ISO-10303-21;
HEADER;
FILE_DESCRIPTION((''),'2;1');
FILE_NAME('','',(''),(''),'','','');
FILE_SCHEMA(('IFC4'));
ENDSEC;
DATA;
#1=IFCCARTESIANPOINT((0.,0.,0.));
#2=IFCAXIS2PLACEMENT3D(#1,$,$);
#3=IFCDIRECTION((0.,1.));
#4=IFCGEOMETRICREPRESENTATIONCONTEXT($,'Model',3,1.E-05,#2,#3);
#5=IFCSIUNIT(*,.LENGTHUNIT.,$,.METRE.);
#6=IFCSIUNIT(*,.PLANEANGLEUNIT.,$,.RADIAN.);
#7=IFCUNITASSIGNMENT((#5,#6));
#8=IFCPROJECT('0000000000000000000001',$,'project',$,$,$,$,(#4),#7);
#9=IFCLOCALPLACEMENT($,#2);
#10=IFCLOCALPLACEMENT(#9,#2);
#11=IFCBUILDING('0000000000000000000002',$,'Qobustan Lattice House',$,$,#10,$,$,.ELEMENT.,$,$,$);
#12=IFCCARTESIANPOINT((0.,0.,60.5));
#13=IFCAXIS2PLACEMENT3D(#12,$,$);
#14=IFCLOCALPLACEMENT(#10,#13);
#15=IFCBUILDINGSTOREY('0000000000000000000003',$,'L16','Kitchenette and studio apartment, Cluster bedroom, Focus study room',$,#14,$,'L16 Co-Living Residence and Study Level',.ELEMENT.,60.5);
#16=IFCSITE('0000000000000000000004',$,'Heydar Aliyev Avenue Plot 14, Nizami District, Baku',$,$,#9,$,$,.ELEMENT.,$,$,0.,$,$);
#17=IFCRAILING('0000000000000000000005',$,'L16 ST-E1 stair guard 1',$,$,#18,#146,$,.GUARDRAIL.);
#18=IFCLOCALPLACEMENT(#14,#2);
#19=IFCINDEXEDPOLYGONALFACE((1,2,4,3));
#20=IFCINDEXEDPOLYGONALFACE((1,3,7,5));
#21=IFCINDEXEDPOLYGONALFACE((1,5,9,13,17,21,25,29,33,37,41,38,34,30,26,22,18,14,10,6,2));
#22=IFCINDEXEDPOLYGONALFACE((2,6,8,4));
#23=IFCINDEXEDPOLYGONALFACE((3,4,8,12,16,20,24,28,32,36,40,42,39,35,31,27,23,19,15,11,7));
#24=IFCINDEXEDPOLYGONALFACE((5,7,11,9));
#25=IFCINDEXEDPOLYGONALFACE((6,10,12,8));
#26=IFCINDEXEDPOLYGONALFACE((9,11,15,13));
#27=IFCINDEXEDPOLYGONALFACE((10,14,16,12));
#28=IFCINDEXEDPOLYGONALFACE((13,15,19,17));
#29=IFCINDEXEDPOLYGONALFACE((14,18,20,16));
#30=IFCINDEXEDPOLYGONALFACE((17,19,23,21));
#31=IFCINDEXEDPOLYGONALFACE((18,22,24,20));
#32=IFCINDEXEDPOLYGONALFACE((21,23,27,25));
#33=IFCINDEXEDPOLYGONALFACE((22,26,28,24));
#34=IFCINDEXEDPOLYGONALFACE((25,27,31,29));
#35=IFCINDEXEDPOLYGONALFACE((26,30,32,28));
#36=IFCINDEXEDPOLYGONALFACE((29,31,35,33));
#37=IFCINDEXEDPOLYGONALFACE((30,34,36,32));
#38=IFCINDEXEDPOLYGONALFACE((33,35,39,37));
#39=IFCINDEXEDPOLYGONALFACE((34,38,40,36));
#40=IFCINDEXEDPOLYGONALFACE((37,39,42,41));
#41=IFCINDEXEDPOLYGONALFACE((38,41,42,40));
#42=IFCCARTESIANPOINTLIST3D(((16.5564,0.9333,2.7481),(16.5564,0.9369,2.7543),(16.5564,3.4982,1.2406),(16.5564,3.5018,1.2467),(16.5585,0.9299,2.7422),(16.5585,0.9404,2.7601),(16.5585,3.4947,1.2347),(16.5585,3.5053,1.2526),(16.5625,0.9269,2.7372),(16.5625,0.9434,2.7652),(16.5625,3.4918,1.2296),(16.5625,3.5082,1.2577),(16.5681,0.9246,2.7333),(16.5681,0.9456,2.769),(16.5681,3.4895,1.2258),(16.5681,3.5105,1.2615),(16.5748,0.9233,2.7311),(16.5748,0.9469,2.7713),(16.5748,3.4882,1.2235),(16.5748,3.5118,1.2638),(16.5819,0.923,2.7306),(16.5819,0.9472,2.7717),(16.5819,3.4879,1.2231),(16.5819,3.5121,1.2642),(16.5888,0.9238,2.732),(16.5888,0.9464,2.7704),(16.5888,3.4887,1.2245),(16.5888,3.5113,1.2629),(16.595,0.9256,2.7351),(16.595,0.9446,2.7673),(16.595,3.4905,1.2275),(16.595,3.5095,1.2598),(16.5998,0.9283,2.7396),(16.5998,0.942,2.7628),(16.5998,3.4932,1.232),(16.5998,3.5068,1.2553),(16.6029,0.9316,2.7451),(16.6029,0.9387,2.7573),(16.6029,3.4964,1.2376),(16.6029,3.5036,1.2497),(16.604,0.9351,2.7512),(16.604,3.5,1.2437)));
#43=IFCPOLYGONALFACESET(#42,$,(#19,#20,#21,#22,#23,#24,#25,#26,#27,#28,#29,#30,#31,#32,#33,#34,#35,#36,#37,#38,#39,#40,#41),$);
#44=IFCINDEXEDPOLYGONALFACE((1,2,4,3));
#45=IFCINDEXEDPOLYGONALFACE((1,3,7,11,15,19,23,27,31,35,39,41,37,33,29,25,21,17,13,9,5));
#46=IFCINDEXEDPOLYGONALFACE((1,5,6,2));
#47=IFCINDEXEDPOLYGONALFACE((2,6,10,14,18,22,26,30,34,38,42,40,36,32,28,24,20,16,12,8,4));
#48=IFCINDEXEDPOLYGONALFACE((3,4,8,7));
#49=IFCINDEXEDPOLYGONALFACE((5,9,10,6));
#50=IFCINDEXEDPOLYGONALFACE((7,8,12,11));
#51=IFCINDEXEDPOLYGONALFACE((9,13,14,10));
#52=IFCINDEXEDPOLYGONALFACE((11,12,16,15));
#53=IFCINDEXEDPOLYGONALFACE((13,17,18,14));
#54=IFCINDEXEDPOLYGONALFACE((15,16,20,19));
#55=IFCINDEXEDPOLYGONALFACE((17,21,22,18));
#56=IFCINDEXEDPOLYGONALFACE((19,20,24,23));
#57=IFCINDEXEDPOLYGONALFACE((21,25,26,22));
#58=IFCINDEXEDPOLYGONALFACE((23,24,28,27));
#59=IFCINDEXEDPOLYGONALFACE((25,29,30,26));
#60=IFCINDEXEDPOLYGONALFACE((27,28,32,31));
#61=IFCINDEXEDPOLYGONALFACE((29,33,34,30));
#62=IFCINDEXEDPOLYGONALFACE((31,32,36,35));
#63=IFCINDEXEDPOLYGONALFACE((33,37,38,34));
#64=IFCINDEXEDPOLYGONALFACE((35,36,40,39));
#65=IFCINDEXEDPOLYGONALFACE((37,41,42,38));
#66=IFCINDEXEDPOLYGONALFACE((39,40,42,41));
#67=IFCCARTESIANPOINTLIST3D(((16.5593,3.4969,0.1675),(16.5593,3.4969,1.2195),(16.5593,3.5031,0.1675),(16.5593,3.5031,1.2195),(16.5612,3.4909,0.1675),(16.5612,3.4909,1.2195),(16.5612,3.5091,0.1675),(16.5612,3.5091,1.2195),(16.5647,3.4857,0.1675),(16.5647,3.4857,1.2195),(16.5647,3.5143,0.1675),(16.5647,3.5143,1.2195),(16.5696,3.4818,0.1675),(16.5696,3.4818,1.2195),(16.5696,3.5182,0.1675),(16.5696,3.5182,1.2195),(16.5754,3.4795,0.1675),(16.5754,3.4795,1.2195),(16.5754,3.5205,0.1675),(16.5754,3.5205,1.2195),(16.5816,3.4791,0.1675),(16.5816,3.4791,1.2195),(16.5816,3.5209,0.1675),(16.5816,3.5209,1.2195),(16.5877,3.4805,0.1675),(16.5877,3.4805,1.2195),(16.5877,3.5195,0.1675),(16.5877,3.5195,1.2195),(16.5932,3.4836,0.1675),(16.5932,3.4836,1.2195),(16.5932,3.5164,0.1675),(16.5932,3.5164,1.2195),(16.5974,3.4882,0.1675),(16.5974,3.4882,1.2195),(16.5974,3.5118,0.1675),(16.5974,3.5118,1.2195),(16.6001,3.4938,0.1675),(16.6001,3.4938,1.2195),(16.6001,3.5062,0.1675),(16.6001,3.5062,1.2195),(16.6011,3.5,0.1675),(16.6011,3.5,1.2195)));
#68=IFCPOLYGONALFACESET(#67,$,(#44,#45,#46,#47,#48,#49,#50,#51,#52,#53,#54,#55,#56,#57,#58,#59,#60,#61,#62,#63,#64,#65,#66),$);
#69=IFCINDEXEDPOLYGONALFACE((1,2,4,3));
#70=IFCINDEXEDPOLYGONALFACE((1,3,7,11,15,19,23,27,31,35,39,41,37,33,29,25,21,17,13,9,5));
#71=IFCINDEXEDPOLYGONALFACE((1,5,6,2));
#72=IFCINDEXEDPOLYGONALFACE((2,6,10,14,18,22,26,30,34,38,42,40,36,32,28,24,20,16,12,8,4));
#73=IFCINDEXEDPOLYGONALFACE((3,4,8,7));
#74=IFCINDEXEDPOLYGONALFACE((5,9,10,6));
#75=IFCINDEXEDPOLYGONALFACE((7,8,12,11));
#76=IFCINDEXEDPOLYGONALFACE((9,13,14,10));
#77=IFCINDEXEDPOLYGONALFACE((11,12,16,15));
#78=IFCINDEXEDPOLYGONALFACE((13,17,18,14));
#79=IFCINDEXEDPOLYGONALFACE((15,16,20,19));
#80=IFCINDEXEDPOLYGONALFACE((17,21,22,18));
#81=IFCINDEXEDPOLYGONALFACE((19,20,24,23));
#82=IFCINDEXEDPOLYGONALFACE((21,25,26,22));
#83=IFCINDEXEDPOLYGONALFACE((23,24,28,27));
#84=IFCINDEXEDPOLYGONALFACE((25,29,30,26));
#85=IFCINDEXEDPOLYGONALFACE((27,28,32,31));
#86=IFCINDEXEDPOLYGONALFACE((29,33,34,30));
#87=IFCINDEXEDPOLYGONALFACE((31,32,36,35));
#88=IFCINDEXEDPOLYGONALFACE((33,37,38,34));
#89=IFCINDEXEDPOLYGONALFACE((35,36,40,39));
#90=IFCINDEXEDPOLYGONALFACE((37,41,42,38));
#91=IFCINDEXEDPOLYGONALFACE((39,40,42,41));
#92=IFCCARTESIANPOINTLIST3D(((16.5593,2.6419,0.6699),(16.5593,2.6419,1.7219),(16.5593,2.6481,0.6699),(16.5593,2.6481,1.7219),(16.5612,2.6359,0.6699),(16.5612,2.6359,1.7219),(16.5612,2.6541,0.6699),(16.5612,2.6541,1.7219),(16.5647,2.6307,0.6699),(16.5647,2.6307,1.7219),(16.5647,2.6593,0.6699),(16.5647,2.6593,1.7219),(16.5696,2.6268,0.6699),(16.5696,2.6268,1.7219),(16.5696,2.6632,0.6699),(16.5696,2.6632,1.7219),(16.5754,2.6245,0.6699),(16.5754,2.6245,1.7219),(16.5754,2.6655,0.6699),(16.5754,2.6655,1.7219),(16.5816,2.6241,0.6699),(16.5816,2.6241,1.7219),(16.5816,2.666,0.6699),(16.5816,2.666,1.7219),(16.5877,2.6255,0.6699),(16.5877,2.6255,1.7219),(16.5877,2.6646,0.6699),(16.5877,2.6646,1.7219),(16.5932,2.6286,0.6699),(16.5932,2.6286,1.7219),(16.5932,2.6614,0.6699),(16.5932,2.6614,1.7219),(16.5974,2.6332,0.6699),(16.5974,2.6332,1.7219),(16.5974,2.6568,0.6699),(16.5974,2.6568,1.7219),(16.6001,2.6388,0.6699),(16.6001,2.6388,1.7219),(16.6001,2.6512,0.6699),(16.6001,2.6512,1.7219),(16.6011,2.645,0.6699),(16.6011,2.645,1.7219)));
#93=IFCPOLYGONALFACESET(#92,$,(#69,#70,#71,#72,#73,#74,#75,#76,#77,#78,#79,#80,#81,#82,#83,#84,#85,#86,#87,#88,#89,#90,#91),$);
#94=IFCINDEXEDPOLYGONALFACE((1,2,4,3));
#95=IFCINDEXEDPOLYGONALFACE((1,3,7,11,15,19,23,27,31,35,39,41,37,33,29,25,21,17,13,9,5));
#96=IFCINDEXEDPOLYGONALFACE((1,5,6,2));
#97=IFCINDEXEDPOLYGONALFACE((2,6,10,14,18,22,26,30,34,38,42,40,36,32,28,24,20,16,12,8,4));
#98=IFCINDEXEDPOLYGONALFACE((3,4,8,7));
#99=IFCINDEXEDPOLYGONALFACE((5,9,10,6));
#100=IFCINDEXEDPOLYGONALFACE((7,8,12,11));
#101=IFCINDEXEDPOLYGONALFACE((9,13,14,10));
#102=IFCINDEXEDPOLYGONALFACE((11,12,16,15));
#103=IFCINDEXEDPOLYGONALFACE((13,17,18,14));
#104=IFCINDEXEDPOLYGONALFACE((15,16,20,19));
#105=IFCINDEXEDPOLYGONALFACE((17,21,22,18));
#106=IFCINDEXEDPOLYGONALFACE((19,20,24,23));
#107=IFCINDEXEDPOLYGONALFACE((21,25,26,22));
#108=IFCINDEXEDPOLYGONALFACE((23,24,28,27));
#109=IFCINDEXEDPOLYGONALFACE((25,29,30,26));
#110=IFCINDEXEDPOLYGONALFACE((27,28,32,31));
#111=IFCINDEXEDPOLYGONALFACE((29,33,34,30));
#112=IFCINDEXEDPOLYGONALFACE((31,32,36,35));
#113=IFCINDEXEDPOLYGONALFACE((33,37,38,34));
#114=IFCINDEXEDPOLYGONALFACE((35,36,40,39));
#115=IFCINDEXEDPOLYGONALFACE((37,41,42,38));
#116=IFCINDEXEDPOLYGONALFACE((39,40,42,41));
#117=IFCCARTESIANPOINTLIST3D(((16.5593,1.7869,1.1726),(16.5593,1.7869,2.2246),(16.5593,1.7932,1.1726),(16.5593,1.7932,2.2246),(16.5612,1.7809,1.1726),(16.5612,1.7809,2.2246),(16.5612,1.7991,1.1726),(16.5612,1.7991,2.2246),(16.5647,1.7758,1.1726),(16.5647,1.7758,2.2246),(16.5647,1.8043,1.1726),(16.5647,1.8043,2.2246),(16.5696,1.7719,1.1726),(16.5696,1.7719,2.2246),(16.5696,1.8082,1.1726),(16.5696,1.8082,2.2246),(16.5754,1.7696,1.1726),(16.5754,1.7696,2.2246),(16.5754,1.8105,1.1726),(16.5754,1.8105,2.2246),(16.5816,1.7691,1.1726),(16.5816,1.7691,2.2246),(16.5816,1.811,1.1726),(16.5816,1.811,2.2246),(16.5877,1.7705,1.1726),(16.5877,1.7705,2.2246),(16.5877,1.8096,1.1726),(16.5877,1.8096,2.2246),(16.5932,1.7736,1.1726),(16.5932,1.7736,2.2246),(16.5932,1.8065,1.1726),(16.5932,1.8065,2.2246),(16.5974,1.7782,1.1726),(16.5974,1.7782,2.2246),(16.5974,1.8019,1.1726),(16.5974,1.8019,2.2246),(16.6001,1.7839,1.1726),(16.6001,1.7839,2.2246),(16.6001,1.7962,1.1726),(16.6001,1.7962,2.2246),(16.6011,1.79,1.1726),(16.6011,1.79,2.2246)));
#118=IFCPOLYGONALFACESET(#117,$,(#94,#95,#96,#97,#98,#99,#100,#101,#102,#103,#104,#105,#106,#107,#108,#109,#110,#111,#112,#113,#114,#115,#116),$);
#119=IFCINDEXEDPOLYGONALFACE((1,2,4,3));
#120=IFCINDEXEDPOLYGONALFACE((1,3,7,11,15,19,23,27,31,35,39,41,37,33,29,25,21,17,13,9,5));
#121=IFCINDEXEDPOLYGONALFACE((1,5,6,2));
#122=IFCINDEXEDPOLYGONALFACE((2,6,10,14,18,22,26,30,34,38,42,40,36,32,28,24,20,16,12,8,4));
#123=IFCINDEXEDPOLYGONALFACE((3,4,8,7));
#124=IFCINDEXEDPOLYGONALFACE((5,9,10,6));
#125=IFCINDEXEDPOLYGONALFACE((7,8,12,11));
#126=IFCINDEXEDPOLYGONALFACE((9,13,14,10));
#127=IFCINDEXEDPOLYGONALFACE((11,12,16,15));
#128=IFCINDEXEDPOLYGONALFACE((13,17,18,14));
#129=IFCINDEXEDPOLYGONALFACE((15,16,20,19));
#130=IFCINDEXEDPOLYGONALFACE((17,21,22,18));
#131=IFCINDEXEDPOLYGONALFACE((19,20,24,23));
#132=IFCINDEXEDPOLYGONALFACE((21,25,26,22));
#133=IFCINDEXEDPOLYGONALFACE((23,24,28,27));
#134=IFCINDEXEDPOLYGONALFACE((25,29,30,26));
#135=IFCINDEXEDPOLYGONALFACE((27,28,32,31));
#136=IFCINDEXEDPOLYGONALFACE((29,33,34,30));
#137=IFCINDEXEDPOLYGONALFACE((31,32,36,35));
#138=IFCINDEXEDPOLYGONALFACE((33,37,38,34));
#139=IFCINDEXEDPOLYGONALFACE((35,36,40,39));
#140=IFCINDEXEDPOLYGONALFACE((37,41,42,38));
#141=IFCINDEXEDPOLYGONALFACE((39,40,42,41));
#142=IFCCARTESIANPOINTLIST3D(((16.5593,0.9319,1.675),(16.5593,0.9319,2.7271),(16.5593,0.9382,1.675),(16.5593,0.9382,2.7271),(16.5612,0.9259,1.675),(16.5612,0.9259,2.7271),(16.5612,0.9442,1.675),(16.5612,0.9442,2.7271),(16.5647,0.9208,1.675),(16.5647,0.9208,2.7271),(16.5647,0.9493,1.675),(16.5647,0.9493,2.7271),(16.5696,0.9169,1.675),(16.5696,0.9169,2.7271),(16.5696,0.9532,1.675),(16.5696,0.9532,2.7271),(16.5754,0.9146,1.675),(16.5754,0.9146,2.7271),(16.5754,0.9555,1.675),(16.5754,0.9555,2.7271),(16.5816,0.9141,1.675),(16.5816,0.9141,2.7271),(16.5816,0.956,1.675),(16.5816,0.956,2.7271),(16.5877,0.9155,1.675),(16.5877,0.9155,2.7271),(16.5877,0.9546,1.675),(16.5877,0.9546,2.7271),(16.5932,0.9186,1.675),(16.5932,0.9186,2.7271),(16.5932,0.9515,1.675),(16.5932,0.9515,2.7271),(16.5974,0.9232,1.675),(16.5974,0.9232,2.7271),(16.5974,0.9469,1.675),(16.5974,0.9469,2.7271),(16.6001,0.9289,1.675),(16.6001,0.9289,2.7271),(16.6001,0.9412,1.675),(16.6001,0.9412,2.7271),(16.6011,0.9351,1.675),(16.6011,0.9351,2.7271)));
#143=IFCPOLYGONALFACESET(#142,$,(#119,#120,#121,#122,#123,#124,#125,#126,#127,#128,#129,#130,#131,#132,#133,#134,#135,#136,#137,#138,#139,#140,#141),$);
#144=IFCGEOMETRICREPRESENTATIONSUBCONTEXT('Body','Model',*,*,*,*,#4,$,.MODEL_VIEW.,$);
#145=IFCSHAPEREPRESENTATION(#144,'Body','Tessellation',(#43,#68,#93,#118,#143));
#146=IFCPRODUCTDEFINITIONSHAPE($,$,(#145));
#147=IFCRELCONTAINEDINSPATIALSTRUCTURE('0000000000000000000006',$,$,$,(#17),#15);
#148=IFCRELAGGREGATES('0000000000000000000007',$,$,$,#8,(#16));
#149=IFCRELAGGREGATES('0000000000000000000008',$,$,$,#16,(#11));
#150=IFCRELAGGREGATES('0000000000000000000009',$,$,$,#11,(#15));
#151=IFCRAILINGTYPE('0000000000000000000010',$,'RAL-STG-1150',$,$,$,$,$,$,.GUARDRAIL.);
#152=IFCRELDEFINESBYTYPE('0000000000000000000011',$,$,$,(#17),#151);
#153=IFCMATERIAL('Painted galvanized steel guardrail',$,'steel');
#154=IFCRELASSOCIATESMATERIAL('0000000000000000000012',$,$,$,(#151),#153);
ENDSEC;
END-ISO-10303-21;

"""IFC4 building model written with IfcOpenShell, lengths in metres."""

from ifc_helpers import new_model, si_unit, direction, frame, origin, origin_2d, place, context, subcontext, project, spatial, circle, extrude, material, type_object, element, save


model = new_model("IFC4")

# Units and contexts
model_context = context("Model", 3, precision=1e-05, world=origin(), true_north=direction((0.0, 1.0)))
body_context = subcontext(model_context, "Body", "Model", "MODEL_VIEW")
ifc_project = project(units=[si_unit("LENGTHUNIT", "METRE"), si_unit("PLANEANGLEUNIT", "RADIAN")], contexts=[model_context])

# Site, building, storey
site_placement = place(None, origin())
site = spatial("IfcSite", under=ifc_project, at=site_placement, Name="Heydar Aliyev Avenue Plot 14, Nizami District, Baku", CompositionType="ELEMENT", RefElevation=0.0)
building_placement = place(site_placement, origin())
building = spatial("IfcBuilding", under=site, at=building_placement, Name="Qobustan Lattice House", CompositionType="ELEMENT")
storey_placement = place(building_placement, frame((0.0, 0.0, 60.5)))
storey = spatial("IfcBuildingStorey", under=building, at=storey_placement, Name="L16", Description="Kitchenette and studio apartment, Cluster bedroom, Focus study room", LongName="L16 Co-Living Residence and Study Level", CompositionType="ELEMENT", Elevation=60.5)

# Railing
ifc_material_1 = material(Name="Painted galvanized steel guardrail", Category="steel")
railing_type_1 = type_object("IfcRailingType", Name="RAL-STG-1150", PredefinedType="GUARDRAIL", material=ifc_material_1)
railing_1_placement = place(storey_placement, frame((16.5801, 3.5, 0.1675)))
element("IfcRailing", 1, at=railing_1_placement, inside=storey, type_object=railing_type_1, Name="L16 ST-E1 stair guard 1", PredefinedType="GUARDRAIL", context=body_context, shape_type="SweptSolid", body=[
    extrude(circle(Radius=0.0239, at=origin_2d()), frame((0.0, 0.0, 1.0762), z_axis=(0.0, -0.862113, 0.506715), x_axis=(1.0, 0.0, 0.0)), (0.0, 0.0, 1.0), 2.9751),
    extrude(circle(Radius=0.021, at=origin_2d()), origin(), (0.0, 0.0, 1.0), 1.052),
    extrude(circle(Radius=0.021, at=origin_2d()), frame((0.0, -0.855, 0.5024)), (0.0, 0.0, 1.0), 1.052),
    extrude(circle(Radius=0.021, at=origin_2d()), frame((0.0, -1.71, 1.0051)), (0.0, 0.0, 1.0), 1.052),
    extrude(circle(Radius=0.021, at=origin_2d()), frame((0.0, -2.5649, 1.5076)), (0.0, 0.0, 1.0), 1.052),
])

save(model, "model.ifc")
